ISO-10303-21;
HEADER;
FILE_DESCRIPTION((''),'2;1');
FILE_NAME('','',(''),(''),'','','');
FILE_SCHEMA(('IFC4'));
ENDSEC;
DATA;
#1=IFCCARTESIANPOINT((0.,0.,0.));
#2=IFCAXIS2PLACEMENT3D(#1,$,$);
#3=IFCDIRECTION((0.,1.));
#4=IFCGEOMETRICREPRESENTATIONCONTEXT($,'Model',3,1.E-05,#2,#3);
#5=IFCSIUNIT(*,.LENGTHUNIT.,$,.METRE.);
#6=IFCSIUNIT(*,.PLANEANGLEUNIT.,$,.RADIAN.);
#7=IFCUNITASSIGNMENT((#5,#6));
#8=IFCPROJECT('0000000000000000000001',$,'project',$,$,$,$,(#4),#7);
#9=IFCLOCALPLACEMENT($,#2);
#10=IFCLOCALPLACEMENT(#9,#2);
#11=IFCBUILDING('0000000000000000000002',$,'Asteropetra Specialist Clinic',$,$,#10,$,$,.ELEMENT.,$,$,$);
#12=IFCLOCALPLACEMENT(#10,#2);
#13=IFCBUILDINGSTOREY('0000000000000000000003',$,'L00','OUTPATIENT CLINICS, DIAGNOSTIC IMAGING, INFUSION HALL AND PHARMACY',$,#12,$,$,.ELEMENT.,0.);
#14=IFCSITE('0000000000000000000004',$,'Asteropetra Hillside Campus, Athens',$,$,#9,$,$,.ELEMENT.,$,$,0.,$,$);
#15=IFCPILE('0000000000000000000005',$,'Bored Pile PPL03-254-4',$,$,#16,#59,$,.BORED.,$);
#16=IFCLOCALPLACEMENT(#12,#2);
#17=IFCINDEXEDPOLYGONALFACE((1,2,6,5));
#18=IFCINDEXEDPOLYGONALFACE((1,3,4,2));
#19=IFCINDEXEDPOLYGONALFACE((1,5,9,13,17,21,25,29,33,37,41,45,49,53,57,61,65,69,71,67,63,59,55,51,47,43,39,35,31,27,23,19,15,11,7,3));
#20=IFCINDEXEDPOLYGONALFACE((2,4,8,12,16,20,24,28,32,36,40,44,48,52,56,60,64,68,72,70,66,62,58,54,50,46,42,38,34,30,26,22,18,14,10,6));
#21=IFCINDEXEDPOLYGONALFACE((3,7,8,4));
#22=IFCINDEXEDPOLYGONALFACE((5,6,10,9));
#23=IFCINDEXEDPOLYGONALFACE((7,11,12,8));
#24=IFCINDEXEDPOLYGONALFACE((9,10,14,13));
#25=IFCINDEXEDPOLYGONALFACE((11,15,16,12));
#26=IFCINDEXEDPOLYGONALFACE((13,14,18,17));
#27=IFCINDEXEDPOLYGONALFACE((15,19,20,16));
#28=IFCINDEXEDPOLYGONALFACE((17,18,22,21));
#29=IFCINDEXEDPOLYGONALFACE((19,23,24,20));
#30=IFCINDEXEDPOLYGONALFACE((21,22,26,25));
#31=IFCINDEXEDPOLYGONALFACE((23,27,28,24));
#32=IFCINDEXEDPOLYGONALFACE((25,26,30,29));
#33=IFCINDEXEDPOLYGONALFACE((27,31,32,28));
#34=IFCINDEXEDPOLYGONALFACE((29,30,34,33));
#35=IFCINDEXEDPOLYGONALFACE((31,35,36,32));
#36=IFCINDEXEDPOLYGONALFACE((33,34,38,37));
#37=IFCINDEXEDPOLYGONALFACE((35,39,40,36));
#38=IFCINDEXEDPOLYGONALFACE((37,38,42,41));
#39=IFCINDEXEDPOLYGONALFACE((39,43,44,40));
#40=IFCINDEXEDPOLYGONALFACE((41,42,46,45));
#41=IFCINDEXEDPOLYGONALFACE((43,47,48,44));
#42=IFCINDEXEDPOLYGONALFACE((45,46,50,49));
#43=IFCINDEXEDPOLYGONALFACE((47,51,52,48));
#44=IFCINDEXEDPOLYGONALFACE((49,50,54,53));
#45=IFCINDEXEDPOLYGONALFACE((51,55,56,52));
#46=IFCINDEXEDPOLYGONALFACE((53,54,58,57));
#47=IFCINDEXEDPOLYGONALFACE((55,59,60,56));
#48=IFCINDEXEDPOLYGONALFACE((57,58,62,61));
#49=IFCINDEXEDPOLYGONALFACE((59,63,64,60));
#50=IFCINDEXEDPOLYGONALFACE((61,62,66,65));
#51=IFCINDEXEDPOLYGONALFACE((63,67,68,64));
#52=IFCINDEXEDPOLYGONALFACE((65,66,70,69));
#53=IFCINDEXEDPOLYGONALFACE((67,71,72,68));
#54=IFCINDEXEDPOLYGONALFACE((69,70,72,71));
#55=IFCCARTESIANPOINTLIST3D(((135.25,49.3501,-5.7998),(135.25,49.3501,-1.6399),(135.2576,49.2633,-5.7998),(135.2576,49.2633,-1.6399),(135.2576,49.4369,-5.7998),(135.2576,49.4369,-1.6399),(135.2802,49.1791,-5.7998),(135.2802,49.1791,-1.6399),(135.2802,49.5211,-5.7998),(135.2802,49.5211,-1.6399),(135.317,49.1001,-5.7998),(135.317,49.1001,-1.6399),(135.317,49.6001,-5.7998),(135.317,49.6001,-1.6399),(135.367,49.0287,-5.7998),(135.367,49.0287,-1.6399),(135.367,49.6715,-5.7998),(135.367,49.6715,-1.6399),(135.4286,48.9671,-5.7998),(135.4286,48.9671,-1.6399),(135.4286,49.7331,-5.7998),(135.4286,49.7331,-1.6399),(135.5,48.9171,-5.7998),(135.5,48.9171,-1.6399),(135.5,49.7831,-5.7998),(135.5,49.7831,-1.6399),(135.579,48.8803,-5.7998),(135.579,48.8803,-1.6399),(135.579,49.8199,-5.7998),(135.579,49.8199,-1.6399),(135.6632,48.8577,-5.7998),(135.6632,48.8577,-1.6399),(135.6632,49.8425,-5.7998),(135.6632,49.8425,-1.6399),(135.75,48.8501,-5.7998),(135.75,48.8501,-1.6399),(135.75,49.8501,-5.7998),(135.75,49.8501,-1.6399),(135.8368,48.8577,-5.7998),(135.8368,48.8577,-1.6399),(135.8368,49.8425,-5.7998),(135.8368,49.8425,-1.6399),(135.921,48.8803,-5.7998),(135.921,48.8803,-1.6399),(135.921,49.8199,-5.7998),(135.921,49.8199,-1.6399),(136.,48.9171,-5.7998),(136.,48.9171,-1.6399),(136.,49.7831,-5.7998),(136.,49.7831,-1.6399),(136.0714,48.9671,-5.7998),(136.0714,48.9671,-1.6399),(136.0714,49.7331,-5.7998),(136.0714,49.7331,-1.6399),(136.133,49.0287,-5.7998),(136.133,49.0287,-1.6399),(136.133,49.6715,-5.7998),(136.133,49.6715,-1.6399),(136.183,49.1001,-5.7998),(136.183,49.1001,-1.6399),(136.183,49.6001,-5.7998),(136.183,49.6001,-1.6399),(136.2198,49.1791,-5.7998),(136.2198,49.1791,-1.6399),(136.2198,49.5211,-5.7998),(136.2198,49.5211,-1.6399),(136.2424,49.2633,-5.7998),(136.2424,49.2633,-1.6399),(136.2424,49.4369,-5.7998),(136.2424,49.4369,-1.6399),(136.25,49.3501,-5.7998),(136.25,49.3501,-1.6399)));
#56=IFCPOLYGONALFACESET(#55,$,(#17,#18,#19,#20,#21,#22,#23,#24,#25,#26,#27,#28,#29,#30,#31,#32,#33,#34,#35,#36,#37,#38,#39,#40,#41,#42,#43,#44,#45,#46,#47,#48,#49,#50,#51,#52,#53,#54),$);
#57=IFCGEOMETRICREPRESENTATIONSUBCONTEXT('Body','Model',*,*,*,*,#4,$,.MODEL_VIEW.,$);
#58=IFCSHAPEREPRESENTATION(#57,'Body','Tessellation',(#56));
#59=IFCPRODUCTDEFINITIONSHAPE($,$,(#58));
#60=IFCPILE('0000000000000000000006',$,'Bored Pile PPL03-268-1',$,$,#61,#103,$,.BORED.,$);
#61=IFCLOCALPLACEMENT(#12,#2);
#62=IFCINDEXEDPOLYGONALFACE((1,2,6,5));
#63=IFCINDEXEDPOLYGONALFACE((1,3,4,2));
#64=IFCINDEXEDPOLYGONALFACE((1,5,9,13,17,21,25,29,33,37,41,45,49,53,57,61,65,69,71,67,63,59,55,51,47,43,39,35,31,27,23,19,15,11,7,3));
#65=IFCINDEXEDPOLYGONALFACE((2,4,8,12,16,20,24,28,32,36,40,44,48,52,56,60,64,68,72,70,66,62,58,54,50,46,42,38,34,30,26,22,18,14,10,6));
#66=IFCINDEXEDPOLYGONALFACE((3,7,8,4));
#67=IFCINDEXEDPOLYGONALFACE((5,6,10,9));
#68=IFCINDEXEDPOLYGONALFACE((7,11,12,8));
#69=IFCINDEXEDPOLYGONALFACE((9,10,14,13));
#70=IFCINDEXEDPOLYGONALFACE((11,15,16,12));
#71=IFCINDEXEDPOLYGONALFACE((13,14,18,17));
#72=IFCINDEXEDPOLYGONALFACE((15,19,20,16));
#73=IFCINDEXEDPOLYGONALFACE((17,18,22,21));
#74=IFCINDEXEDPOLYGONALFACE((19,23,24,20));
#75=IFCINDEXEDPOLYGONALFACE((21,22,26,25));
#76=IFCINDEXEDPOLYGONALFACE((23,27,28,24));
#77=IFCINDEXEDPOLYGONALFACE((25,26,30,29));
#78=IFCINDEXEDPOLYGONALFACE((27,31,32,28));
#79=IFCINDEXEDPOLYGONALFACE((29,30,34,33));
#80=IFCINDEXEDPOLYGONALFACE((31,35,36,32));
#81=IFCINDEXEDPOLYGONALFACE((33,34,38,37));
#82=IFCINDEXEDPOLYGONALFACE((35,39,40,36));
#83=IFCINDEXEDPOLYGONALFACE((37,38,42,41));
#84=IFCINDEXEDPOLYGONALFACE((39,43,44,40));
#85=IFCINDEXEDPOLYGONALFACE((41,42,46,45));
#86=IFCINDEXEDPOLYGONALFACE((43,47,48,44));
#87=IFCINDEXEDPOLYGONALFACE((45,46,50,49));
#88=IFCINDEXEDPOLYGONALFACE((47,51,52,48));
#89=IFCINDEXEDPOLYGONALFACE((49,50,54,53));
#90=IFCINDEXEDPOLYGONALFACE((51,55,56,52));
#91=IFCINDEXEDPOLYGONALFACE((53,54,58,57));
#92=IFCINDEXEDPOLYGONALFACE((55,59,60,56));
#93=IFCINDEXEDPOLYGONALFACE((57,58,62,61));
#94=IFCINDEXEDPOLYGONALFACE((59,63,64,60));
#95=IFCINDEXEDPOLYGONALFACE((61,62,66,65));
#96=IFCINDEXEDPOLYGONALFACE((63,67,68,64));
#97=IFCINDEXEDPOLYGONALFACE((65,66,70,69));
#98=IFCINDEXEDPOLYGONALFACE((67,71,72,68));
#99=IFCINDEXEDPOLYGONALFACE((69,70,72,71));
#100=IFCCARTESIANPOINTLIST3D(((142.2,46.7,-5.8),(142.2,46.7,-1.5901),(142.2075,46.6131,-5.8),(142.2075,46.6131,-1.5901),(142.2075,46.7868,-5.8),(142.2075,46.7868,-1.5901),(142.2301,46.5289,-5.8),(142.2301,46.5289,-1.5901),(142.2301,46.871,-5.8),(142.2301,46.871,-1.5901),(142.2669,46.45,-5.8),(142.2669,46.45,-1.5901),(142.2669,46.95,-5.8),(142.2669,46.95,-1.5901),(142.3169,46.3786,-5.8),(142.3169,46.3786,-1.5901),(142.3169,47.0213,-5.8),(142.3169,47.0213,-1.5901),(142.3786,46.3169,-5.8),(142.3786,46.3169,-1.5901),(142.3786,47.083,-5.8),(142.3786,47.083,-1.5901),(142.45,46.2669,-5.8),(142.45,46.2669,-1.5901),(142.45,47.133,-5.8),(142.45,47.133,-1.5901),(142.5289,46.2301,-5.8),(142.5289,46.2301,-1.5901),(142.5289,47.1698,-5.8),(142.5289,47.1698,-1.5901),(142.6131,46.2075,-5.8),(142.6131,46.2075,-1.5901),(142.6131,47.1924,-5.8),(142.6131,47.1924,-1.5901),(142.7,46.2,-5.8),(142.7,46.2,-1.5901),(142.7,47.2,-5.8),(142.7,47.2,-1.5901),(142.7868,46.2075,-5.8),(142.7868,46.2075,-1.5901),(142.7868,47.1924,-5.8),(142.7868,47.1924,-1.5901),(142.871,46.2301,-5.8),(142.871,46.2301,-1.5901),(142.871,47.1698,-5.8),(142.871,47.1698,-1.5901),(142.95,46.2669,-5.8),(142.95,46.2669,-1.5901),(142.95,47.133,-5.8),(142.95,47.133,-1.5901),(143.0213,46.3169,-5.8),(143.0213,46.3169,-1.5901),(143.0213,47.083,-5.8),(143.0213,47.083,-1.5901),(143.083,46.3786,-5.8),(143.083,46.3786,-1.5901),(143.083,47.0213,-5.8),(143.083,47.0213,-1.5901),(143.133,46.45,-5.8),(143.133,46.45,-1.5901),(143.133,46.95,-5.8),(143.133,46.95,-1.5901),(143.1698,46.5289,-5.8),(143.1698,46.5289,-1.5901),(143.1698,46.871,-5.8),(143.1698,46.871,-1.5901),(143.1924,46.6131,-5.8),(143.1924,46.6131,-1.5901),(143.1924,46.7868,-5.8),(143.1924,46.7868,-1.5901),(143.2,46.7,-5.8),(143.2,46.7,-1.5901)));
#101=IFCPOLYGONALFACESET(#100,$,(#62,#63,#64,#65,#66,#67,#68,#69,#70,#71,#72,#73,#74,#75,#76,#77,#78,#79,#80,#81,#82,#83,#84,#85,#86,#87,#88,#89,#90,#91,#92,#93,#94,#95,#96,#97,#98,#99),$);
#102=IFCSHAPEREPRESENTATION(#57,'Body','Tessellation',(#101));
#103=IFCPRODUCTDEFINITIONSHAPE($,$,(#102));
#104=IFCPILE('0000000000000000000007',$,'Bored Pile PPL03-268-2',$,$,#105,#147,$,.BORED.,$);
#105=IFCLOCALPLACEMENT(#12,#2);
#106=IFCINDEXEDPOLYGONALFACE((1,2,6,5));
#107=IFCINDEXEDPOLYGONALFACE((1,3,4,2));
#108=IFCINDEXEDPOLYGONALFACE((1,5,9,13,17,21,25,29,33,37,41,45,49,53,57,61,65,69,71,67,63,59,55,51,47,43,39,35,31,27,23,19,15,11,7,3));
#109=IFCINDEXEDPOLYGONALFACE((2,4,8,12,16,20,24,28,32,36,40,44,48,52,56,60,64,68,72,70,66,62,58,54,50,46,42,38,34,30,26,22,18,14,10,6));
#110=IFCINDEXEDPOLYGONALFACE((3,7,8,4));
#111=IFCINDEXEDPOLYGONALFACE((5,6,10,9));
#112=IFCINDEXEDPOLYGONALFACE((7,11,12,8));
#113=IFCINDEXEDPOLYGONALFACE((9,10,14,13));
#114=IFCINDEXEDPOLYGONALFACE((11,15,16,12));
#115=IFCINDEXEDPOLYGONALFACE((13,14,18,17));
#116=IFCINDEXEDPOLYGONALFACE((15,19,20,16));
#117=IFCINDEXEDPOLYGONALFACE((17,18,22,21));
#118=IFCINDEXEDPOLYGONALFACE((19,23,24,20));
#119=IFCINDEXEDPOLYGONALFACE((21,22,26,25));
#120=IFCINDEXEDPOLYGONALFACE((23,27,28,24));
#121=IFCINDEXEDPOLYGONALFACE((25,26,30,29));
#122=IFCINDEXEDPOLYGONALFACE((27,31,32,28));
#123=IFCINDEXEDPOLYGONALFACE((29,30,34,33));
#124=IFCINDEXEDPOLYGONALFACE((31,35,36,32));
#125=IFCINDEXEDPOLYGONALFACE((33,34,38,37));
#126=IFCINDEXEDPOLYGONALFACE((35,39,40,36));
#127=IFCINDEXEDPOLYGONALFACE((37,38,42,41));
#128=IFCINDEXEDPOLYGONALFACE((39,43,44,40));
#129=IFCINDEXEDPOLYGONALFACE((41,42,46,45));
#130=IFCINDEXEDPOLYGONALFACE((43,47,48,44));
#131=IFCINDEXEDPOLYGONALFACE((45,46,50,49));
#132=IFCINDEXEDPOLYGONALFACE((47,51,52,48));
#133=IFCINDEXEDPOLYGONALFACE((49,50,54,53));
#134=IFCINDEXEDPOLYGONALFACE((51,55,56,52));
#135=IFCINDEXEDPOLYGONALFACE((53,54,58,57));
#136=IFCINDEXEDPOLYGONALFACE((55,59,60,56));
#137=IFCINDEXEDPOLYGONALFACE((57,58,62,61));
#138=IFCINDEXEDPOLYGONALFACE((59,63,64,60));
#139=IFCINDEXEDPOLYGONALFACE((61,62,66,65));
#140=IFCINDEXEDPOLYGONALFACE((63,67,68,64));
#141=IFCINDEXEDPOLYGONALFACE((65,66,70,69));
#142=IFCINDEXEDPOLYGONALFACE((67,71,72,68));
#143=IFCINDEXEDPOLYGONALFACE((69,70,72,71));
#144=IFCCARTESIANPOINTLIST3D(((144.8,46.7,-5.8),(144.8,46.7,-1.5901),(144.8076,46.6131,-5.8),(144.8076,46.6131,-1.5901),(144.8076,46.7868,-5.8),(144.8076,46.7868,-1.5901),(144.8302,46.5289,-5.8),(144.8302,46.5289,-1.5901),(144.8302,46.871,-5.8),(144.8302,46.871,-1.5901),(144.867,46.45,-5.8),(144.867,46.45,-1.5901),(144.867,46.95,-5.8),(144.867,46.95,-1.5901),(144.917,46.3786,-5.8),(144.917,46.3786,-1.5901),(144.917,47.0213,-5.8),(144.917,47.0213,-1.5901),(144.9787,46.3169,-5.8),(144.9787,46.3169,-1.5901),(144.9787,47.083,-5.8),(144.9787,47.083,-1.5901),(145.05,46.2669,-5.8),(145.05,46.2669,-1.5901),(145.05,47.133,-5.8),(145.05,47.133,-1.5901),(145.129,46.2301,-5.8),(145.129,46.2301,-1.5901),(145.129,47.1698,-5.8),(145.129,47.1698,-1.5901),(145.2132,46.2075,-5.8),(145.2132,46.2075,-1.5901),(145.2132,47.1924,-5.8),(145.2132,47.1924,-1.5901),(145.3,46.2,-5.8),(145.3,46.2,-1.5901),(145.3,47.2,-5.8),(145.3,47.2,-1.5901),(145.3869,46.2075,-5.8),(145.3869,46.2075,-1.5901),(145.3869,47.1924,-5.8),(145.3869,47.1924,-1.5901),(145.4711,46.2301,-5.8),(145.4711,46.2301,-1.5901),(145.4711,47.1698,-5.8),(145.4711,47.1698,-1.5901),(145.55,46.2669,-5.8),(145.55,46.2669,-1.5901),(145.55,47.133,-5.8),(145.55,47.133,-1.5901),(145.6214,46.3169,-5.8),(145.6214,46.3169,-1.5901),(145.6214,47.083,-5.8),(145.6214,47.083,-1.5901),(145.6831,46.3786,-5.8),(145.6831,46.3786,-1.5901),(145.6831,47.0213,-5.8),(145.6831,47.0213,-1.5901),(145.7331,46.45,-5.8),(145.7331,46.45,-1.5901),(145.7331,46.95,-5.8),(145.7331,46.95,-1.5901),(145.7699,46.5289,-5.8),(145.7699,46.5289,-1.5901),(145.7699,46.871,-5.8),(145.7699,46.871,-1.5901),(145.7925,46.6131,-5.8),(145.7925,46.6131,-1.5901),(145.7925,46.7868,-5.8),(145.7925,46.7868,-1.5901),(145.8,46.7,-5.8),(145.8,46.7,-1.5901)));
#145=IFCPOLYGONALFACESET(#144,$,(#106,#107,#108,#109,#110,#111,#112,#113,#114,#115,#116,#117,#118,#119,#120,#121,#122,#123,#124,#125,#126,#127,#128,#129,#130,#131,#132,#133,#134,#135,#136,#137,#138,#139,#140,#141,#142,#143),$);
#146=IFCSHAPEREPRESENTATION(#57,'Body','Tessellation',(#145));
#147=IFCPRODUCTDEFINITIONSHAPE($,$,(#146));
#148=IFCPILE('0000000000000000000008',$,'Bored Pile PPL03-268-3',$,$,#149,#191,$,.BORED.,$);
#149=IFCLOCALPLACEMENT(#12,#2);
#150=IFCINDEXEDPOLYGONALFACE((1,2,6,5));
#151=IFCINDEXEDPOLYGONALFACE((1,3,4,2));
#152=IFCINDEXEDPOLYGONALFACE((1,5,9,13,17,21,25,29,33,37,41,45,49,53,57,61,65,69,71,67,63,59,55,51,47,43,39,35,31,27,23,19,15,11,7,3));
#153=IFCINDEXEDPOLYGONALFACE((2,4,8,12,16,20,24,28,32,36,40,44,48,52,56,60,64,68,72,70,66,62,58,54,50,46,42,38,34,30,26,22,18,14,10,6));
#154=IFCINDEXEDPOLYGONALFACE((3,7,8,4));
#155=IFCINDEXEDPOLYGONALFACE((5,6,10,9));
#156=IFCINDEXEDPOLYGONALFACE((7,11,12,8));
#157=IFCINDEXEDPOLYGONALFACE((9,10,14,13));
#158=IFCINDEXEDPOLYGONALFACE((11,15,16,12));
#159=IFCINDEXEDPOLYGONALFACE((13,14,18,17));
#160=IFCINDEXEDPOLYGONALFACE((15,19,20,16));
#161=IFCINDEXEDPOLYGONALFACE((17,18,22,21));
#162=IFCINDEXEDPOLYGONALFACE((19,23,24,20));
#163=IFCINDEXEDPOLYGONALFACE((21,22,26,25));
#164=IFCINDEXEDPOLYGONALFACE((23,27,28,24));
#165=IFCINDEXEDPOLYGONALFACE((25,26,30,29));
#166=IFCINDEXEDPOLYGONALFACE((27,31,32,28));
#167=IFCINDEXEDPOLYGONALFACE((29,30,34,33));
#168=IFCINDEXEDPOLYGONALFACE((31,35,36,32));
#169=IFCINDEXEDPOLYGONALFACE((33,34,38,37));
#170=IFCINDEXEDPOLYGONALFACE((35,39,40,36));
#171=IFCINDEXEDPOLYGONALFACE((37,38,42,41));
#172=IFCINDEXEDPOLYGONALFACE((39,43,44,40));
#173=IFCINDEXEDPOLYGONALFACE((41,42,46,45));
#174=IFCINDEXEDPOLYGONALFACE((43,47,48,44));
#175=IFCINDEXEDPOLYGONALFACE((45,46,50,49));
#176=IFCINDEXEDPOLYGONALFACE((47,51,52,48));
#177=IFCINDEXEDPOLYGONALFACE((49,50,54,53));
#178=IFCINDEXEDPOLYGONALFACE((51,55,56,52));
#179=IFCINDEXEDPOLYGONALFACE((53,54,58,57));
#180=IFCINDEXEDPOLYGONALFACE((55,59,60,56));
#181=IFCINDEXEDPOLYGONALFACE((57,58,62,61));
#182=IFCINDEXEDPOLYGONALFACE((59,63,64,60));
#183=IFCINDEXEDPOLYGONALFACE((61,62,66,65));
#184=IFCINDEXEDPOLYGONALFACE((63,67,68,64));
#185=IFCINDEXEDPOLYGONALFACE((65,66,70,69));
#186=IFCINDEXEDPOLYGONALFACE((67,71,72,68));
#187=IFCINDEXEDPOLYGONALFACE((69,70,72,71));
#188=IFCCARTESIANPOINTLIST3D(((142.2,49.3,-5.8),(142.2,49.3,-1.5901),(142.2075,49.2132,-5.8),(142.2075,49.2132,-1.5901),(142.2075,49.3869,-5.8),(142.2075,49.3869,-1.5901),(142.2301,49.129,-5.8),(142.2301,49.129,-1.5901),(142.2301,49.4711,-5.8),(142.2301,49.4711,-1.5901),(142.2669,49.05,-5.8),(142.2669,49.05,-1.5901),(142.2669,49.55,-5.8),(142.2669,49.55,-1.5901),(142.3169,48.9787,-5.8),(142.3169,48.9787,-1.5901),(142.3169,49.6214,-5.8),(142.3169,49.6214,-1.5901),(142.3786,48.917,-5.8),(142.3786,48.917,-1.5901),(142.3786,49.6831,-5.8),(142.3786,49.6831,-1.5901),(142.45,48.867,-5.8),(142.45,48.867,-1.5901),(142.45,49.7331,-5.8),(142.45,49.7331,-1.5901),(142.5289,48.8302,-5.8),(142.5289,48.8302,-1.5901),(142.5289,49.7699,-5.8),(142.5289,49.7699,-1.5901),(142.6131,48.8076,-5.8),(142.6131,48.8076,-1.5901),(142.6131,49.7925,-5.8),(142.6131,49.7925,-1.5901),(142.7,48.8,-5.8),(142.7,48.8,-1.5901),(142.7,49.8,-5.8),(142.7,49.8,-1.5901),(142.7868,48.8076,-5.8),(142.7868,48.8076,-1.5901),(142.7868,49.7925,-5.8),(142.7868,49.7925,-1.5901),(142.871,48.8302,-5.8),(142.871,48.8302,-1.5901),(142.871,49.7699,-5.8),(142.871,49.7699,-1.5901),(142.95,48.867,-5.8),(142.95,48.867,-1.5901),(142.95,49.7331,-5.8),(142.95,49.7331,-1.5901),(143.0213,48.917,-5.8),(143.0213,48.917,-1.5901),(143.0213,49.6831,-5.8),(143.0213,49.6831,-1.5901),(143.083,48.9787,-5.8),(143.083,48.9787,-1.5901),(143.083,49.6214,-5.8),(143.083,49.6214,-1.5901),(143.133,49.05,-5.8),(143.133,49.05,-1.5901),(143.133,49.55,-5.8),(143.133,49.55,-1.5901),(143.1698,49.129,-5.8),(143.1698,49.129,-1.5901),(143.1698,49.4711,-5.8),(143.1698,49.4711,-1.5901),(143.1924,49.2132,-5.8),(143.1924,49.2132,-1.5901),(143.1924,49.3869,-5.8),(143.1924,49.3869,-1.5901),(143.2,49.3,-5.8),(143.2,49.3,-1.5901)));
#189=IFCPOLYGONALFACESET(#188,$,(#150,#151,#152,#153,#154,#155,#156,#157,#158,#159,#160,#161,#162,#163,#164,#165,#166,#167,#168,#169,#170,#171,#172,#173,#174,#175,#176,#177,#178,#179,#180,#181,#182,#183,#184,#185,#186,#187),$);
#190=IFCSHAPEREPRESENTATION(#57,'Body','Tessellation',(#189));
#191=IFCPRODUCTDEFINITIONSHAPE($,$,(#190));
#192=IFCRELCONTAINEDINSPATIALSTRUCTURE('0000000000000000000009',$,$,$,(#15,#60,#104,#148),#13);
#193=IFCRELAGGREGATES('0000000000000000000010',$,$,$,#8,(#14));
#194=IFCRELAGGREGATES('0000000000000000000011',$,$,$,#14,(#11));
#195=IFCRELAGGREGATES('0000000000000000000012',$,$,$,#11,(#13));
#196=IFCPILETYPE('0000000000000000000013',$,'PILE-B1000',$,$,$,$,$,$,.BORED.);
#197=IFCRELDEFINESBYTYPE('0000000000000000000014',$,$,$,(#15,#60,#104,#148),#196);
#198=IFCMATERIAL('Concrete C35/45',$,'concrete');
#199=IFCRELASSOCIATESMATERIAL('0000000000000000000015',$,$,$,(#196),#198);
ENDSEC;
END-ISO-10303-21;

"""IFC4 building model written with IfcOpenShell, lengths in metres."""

from ifc_helpers import new_model, si_unit, direction, frame, origin, origin_2d, place, context, subcontext, project, spatial, circle, extrude, material, material_profile, profile_set, type_object, element, save


model = new_model("IFC4")

# Units and contexts
model_context = context("Model", 3, precision=1e-05, world=origin(), true_north=direction((0.0, 1.0)))
body_context = subcontext(model_context, "Body", "Model", "MODEL_VIEW")
ifc_project = project(units=[si_unit("LENGTHUNIT", "METRE"), si_unit("PLANEANGLEUNIT", "RADIAN")], contexts=[model_context])

# Site, building, storey
site_placement = place(None, origin())
site = spatial("IfcSite", under=ifc_project, at=site_placement, Name="Asteropetra Hillside Campus, Athens", CompositionType="ELEMENT", RefElevation=0.0)
building_placement = place(site_placement, origin())
building = spatial("IfcBuilding", under=site, at=building_placement, Name="Asteropetra Specialist Clinic", CompositionType="ELEMENT")
storey_placement = place(building_placement, origin())
storey = spatial("IfcBuildingStorey", under=building, at=storey_placement, Name="L00", Description="OUTPATIENT CLINICS, DIAGNOSTIC IMAGING, INFUSION HALL AND PHARMACY", CompositionType="ELEMENT", Elevation=0.0)

# Piles
ifc_material_1 = material(Name="Concrete C35/45", Category="concrete")
ifc_material_profile_1 = material_profile(ifc_material_1, circle(Radius=0.5, at=origin_2d()), Name="PILE D1000")
ifc_profile_set_1 = profile_set([ifc_material_profile_1], Name="Concrete C35/45")
pile_type_1 = type_object("IfcPileType", Name="PILE-B1000", PredefinedType="BORED", material=ifc_profile_set_1)
for number, where, z_axis, x_axis, name in (
    (1, (135.75, 49.3501, -1.6399), (0.0, 0.0, -1.0), (1.0, 0.0, 0.0), "Bored Pile PPL03-254-4"),
):
    element("IfcPile", number, at=place(storey_placement, frame(where, z_axis=z_axis, x_axis=x_axis)), inside=storey, type_object=pile_type_1, Name=name, PredefinedType="BORED", context=body_context, shape_type="SweptSolid", body=[
        extrude(circle(Radius=0.5, at=origin_2d()), origin(), (0.0, 0.0, 1.0), 4.1599),
    ])
for number, where, z_axis, x_axis, name in (
    (2, (142.7, 46.7, -1.5901), (0.0, 0.0, -1.0), (1.0, 0.0, 0.0), "Bored Pile PPL03-268-1"),
    (3, (145.3, 46.7, -1.5901), (0.0, 0.0, -1.0), (1.0, 0.0, 0.0), "Bored Pile PPL03-268-2"),
    (4, (142.7, 49.3, -1.5901), (0.0, 0.0, -1.0), (1.0, 0.0, 0.0), "Bored Pile PPL03-268-3"),
):
    element("IfcPile", number, at=place(storey_placement, frame(where, z_axis=z_axis, x_axis=x_axis)), inside=storey, type_object=pile_type_1, Name=name, PredefinedType="BORED", context=body_context, shape_type="SweptSolid", body=[
        extrude(circle(Radius=0.5, at=origin_2d()), origin(), (0.0, 0.0, 1.0), 4.21),
    ])

save(model, "model.ifc")
